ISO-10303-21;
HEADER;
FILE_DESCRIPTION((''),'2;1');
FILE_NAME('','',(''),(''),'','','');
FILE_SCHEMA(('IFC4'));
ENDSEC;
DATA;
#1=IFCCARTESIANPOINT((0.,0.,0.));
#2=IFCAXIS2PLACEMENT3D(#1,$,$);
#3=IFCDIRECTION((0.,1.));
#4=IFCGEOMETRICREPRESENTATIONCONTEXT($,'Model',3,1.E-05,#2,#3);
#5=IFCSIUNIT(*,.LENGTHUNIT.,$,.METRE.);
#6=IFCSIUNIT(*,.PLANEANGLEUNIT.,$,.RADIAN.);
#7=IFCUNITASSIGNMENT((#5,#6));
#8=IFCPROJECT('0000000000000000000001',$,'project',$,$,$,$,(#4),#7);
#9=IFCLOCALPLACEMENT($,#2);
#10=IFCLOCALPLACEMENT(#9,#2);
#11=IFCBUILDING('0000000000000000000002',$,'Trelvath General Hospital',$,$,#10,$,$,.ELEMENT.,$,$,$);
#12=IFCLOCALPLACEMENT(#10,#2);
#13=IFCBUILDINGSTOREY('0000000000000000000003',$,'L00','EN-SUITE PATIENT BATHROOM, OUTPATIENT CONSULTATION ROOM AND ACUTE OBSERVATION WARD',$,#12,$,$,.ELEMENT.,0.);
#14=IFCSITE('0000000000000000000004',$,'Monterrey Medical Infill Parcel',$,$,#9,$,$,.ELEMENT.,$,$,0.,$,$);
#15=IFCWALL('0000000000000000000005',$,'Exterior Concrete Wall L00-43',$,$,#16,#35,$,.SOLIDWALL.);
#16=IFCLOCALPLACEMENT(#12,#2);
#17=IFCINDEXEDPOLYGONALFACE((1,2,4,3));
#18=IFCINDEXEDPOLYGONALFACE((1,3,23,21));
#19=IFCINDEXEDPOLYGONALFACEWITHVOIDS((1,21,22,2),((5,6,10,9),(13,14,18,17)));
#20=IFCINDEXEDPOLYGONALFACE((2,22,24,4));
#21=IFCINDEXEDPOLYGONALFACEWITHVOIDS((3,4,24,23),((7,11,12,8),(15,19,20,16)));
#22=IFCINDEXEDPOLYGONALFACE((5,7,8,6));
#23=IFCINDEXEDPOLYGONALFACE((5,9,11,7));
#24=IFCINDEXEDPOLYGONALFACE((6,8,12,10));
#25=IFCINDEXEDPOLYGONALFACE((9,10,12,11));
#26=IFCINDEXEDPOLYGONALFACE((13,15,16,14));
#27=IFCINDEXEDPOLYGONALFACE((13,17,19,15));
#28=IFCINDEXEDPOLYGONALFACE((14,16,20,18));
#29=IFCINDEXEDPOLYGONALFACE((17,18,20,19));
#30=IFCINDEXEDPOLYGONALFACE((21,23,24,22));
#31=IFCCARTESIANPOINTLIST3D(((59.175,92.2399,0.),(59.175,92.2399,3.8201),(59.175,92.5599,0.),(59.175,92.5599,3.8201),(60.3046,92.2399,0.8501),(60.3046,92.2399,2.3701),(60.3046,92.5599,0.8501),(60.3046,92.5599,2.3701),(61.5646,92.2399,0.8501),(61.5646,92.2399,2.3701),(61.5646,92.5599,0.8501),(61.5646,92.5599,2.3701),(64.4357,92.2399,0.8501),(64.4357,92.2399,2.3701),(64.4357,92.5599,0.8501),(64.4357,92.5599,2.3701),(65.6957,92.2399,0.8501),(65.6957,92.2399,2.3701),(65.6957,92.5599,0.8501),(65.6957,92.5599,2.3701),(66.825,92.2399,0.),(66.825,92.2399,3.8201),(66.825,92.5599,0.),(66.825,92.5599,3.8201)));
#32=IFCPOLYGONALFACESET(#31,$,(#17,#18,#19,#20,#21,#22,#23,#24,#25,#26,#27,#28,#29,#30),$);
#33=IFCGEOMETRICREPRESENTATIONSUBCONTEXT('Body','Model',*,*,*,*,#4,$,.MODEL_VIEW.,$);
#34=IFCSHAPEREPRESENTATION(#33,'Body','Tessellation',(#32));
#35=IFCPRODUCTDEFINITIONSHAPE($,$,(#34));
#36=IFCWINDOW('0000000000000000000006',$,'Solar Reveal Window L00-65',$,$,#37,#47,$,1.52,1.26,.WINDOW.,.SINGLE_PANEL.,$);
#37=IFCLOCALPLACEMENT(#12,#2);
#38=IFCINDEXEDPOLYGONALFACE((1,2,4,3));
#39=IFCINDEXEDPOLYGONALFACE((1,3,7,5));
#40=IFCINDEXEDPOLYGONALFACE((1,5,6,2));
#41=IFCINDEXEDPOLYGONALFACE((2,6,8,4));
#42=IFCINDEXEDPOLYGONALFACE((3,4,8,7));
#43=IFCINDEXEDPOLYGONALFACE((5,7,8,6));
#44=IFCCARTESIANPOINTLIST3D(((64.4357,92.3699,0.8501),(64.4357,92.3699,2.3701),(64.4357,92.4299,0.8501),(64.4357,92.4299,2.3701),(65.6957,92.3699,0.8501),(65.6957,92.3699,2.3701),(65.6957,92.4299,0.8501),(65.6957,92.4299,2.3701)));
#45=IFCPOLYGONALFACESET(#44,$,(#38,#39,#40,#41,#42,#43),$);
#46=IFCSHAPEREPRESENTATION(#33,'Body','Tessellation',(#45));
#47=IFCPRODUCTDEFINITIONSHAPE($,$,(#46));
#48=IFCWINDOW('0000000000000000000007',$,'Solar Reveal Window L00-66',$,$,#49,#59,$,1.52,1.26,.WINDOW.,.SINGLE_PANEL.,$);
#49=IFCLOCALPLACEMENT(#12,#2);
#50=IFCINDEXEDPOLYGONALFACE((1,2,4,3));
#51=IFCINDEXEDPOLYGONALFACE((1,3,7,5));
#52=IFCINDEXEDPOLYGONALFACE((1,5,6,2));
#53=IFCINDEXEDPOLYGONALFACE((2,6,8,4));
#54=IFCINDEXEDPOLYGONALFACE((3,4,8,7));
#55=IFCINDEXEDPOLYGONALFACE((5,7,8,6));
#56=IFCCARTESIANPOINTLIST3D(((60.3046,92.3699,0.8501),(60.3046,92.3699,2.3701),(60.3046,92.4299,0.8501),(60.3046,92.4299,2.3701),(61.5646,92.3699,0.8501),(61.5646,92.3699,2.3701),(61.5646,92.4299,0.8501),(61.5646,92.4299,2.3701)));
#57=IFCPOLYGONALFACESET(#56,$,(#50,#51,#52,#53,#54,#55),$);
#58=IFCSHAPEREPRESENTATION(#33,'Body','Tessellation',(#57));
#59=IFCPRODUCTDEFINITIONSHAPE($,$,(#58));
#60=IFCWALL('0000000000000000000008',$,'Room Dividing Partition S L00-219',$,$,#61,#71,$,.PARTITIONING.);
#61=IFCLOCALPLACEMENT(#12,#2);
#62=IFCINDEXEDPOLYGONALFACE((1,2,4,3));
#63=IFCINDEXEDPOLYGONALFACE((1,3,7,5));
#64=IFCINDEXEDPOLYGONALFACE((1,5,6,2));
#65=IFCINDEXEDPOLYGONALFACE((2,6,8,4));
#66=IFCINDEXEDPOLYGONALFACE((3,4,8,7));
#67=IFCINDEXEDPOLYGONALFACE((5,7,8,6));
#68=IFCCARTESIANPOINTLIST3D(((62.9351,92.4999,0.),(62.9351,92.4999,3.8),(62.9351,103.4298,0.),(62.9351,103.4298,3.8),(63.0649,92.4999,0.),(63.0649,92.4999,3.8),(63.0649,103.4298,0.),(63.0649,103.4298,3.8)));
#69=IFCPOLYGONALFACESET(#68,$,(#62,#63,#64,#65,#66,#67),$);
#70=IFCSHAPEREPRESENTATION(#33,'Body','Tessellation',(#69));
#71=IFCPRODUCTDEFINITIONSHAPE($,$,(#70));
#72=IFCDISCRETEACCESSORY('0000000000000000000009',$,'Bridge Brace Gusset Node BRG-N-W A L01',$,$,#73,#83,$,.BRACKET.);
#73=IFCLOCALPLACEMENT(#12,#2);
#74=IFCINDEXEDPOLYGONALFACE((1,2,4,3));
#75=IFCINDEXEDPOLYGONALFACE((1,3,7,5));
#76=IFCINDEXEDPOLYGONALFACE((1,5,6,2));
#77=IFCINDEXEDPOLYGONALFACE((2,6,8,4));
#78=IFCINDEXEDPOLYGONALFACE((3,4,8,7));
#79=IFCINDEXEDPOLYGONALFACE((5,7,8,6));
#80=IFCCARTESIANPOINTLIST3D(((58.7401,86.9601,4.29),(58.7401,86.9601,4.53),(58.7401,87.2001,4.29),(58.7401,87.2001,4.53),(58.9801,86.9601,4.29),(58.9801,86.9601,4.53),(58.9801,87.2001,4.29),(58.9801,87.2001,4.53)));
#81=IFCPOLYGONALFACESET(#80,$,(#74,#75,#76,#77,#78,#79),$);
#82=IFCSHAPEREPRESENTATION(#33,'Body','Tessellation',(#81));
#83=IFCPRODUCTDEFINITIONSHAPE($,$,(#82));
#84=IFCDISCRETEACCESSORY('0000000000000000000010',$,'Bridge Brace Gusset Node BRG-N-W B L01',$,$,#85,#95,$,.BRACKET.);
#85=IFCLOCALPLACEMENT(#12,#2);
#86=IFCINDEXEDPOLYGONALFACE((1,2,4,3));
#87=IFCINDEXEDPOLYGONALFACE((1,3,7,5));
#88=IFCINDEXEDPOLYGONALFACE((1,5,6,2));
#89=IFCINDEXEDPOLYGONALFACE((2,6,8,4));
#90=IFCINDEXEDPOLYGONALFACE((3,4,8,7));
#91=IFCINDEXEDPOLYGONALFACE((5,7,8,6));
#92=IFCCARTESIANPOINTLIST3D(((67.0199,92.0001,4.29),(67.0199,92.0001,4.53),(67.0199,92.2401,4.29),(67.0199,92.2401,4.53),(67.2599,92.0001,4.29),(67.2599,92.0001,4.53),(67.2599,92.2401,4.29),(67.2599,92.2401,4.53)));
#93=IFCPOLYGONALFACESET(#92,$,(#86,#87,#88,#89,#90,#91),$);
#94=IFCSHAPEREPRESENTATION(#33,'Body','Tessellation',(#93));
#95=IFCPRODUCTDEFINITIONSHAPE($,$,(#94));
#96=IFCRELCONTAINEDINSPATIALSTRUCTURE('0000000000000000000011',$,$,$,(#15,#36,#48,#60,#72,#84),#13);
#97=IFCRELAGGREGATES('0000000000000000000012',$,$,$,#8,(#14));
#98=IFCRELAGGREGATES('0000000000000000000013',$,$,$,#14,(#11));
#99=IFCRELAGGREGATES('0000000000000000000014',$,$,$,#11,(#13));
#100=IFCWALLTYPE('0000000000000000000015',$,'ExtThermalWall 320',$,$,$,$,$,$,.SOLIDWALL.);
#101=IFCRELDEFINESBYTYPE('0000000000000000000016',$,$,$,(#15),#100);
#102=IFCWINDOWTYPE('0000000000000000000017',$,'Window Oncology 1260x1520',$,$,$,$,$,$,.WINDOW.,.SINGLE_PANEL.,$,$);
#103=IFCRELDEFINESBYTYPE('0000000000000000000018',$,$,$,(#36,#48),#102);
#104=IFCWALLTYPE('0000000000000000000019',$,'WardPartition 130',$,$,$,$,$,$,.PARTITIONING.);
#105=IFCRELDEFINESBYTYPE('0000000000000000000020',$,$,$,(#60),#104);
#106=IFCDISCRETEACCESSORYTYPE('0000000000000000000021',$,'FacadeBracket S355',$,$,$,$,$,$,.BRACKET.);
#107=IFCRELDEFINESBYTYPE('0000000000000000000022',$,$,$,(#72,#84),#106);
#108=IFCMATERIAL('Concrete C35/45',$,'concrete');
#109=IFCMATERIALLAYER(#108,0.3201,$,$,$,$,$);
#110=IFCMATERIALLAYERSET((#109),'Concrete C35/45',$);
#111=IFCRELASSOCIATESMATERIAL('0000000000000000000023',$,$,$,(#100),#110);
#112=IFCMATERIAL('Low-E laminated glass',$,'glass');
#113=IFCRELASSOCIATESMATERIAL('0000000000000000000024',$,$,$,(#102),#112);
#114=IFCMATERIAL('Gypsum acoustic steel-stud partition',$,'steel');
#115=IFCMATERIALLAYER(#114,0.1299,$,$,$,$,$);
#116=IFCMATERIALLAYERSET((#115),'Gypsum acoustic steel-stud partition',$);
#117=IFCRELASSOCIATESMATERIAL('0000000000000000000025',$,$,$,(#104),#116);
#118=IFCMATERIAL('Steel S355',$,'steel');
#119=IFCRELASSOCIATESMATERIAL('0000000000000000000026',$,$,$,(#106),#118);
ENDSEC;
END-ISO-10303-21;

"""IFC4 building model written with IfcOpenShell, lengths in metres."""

from ifc_helpers import new_model, si_unit, direction, frame, frame_2d, origin, origin_2d, place, context, subcontext, project, spatial, rectangle, extrude, material, layer, layer_set, type_object, element, fill, save


model = new_model("IFC4")

# Units and contexts
model_context = context("Model", 3, precision=1e-05, world=origin(), true_north=direction((0.0, 1.0)))
body_context = subcontext(model_context, "Body", "Model", "MODEL_VIEW")
ifc_project = project(units=[si_unit("LENGTHUNIT", "METRE"), si_unit("PLANEANGLEUNIT", "RADIAN")], contexts=[model_context])

# Site, building, storey
site_placement = place(None, origin())
site = spatial("IfcSite", under=ifc_project, at=site_placement, Name="Monterrey Medical Infill Parcel", CompositionType="ELEMENT", RefElevation=0.0)
building_placement = place(site_placement, origin())
building = spatial("IfcBuilding", under=site, at=building_placement, Name="Trelvath General Hospital", CompositionType="ELEMENT")
storey_placement = place(building_placement, origin())
storey = spatial("IfcBuildingStorey", under=building, at=storey_placement, Name="L00", Description="EN-SUITE PATIENT BATHROOM, OUTPATIENT CONSULTATION ROOM AND ACUTE OBSERVATION WARD", CompositionType="ELEMENT", Elevation=0.0)

# Wall, openings, windows
ifc_material_1 = material(Name="Concrete C35/45", Category="concrete")
ifc_layer_1 = layer(ifc_material_1, 0.3201)
ifc_layer_set_1 = layer_set([ifc_layer_1], Name="Concrete C35/45")
wall_type_1 = type_object("IfcWallType", Name="ExtThermalWall 320", PredefinedType="SOLIDWALL", material=ifc_layer_set_1)
wall_1_placement = place(storey_placement, frame((66.825, 92.3999, 0.0), z_axis=(0.0, 0.0, 1.0), x_axis=(-1.0, 0.0, 0.0)))
wall_1 = element("IfcWall", 1, at=wall_1_placement, inside=storey, type_object=wall_type_1, Name="Exterior Concrete Wall L00-43", PredefinedType="SOLIDWALL", context=body_context, shape_type="SweptSolid", body=[
    extrude(rectangle(XDim=7.6499, YDim=0.3201, at=frame_2d((3.825, 0.0))), origin(), (0.0, 0.0, 1.0), 3.8201),
])
opening_1_placement = place(wall_1_placement, frame((1.1294, 0.0, 0.8501)))
opening_1 = element("IfcOpeningElement", 2, at=opening_1_placement, cuts=wall_1, PredefinedType="OPENING", context=body_context, shape_type="SweptSolid", body=[
    extrude(rectangle(XDim=1.26, YDim=1.52, at=frame_2d((0.6299, 0.76))), frame((0.0, 0.1699, 0.0), z_axis=(0.0, -1.0, 0.0), x_axis=(1.0, 0.0, 0.0)), (0.0, 0.0, 1.0), 0.3401),
])
opening_2_placement = place(wall_1_placement, frame((5.2605, 0.0, 0.8501)))
opening_2 = element("IfcOpeningElement", 3, at=opening_2_placement, cuts=wall_1, PredefinedType="OPENING", context=body_context, shape_type="SweptSolid", body=[
    extrude(rectangle(XDim=1.26, YDim=1.52, at=frame_2d((0.6299, 0.76))), frame((0.0, 0.1699, 0.0), z_axis=(0.0, -1.0, 0.0), x_axis=(1.0, 0.0, 0.0)), (0.0, 0.0, 1.0), 0.3401),
])
ifc_material_2 = material(Name="Low-E laminated glass", Category="glass")
window_type = type_object("IfcWindowType", Name="Window Oncology 1260x1520", PartitioningType="SINGLE_PANEL", PredefinedType="WINDOW", material=ifc_material_2)
window_1_placement = place(opening_1_placement, origin())
window_1 = element("IfcWindow", 4, at=window_1_placement, inside=storey, type_object=window_type, Name="Solar Reveal Window L00-65", OverallHeight=1.52, OverallWidth=1.26, PartitioningType="SINGLE_PANEL", PredefinedType="WINDOW", context=body_context, shape_type="SweptSolid", body=[
    extrude(rectangle(XDim=1.26, YDim=1.52, at=frame_2d((0.6299, 0.76))), frame((0.0, 0.03, 0.0), z_axis=(0.0, -1.0, 0.0), x_axis=(1.0, 0.0, 0.0)), (0.0, 0.0, 1.0), 0.0601),
])
fill(opening_1, window_1)
window_2_placement = place(opening_2_placement, origin())
window_2 = element("IfcWindow", 5, at=window_2_placement, inside=storey, type_object=window_type, Name="Solar Reveal Window L00-66", OverallHeight=1.52, OverallWidth=1.26, PartitioningType="SINGLE_PANEL", PredefinedType="WINDOW", context=body_context, shape_type="SweptSolid", body=[
    extrude(rectangle(XDim=1.26, YDim=1.52, at=frame_2d((0.6299, 0.76))), frame((0.0, 0.03, 0.0), z_axis=(0.0, -1.0, 0.0), x_axis=(1.0, 0.0, 0.0)), (0.0, 0.0, 1.0), 0.0601),
])
fill(opening_2, window_2)

# Wall
ifc_material_3 = material(Name="Gypsum acoustic steel-stud partition", Category="steel")
ifc_layer_2 = layer(ifc_material_3, 0.1299)
ifc_layer_set_2 = layer_set([ifc_layer_2], Name="Gypsum acoustic steel-stud partition")
wall_type_2 = type_object("IfcWallType", Name="WardPartition 130", PredefinedType="PARTITIONING", material=ifc_layer_set_2)
wall_2_placement = place(storey_placement, frame((63.0, 92.5, 0.0), z_axis=(0.0, 0.0, 1.0), x_axis=(0.0, 1.0, 0.0)))
element("IfcWall", 6, at=wall_2_placement, inside=storey, type_object=wall_type_2, Name="Room Dividing Partition S L00-219", PredefinedType="PARTITIONING", context=body_context, shape_type="SweptSolid", body=[
    extrude(rectangle(XDim=10.9299, YDim=0.1299, at=frame_2d((5.4648, 0.0))), origin(), (0.0, 0.0, 1.0), 3.8),
])

# Discrete accessories
ifc_material_4 = material(Name="Steel S355", Category="steel")
discrete_accessory_type = type_object("IfcDiscreteAccessoryType", Name="FacadeBracket S355", PredefinedType="BRACKET", material=ifc_material_4)
for number, where, z_axis, x_axis, name in (
    (7, (58.8601, 87.0801, 4.29), (0.0, 0.0, 1.0), (1.0, 0.0, 0.0), "Bridge Brace Gusset Node BRG-N-W A L01"),
    (8, (67.1399, 92.1201, 4.29), (0.0, 0.0, 1.0), (1.0, 0.0, 0.0), "Bridge Brace Gusset Node BRG-N-W B L01"),
):
    element("IfcDiscreteAccessory", number, at=place(storey_placement, frame(where, z_axis=z_axis, x_axis=x_axis)), inside=storey, type_object=discrete_accessory_type, Name=name, PredefinedType="BRACKET", context=body_context, shape_type="SweptSolid", body=[
        extrude(rectangle(XDim=0.24, YDim=0.24, at=origin_2d()), origin(), (0.0, 0.0, 1.0), 0.24),
    ])

save(model, "model.ifc")
